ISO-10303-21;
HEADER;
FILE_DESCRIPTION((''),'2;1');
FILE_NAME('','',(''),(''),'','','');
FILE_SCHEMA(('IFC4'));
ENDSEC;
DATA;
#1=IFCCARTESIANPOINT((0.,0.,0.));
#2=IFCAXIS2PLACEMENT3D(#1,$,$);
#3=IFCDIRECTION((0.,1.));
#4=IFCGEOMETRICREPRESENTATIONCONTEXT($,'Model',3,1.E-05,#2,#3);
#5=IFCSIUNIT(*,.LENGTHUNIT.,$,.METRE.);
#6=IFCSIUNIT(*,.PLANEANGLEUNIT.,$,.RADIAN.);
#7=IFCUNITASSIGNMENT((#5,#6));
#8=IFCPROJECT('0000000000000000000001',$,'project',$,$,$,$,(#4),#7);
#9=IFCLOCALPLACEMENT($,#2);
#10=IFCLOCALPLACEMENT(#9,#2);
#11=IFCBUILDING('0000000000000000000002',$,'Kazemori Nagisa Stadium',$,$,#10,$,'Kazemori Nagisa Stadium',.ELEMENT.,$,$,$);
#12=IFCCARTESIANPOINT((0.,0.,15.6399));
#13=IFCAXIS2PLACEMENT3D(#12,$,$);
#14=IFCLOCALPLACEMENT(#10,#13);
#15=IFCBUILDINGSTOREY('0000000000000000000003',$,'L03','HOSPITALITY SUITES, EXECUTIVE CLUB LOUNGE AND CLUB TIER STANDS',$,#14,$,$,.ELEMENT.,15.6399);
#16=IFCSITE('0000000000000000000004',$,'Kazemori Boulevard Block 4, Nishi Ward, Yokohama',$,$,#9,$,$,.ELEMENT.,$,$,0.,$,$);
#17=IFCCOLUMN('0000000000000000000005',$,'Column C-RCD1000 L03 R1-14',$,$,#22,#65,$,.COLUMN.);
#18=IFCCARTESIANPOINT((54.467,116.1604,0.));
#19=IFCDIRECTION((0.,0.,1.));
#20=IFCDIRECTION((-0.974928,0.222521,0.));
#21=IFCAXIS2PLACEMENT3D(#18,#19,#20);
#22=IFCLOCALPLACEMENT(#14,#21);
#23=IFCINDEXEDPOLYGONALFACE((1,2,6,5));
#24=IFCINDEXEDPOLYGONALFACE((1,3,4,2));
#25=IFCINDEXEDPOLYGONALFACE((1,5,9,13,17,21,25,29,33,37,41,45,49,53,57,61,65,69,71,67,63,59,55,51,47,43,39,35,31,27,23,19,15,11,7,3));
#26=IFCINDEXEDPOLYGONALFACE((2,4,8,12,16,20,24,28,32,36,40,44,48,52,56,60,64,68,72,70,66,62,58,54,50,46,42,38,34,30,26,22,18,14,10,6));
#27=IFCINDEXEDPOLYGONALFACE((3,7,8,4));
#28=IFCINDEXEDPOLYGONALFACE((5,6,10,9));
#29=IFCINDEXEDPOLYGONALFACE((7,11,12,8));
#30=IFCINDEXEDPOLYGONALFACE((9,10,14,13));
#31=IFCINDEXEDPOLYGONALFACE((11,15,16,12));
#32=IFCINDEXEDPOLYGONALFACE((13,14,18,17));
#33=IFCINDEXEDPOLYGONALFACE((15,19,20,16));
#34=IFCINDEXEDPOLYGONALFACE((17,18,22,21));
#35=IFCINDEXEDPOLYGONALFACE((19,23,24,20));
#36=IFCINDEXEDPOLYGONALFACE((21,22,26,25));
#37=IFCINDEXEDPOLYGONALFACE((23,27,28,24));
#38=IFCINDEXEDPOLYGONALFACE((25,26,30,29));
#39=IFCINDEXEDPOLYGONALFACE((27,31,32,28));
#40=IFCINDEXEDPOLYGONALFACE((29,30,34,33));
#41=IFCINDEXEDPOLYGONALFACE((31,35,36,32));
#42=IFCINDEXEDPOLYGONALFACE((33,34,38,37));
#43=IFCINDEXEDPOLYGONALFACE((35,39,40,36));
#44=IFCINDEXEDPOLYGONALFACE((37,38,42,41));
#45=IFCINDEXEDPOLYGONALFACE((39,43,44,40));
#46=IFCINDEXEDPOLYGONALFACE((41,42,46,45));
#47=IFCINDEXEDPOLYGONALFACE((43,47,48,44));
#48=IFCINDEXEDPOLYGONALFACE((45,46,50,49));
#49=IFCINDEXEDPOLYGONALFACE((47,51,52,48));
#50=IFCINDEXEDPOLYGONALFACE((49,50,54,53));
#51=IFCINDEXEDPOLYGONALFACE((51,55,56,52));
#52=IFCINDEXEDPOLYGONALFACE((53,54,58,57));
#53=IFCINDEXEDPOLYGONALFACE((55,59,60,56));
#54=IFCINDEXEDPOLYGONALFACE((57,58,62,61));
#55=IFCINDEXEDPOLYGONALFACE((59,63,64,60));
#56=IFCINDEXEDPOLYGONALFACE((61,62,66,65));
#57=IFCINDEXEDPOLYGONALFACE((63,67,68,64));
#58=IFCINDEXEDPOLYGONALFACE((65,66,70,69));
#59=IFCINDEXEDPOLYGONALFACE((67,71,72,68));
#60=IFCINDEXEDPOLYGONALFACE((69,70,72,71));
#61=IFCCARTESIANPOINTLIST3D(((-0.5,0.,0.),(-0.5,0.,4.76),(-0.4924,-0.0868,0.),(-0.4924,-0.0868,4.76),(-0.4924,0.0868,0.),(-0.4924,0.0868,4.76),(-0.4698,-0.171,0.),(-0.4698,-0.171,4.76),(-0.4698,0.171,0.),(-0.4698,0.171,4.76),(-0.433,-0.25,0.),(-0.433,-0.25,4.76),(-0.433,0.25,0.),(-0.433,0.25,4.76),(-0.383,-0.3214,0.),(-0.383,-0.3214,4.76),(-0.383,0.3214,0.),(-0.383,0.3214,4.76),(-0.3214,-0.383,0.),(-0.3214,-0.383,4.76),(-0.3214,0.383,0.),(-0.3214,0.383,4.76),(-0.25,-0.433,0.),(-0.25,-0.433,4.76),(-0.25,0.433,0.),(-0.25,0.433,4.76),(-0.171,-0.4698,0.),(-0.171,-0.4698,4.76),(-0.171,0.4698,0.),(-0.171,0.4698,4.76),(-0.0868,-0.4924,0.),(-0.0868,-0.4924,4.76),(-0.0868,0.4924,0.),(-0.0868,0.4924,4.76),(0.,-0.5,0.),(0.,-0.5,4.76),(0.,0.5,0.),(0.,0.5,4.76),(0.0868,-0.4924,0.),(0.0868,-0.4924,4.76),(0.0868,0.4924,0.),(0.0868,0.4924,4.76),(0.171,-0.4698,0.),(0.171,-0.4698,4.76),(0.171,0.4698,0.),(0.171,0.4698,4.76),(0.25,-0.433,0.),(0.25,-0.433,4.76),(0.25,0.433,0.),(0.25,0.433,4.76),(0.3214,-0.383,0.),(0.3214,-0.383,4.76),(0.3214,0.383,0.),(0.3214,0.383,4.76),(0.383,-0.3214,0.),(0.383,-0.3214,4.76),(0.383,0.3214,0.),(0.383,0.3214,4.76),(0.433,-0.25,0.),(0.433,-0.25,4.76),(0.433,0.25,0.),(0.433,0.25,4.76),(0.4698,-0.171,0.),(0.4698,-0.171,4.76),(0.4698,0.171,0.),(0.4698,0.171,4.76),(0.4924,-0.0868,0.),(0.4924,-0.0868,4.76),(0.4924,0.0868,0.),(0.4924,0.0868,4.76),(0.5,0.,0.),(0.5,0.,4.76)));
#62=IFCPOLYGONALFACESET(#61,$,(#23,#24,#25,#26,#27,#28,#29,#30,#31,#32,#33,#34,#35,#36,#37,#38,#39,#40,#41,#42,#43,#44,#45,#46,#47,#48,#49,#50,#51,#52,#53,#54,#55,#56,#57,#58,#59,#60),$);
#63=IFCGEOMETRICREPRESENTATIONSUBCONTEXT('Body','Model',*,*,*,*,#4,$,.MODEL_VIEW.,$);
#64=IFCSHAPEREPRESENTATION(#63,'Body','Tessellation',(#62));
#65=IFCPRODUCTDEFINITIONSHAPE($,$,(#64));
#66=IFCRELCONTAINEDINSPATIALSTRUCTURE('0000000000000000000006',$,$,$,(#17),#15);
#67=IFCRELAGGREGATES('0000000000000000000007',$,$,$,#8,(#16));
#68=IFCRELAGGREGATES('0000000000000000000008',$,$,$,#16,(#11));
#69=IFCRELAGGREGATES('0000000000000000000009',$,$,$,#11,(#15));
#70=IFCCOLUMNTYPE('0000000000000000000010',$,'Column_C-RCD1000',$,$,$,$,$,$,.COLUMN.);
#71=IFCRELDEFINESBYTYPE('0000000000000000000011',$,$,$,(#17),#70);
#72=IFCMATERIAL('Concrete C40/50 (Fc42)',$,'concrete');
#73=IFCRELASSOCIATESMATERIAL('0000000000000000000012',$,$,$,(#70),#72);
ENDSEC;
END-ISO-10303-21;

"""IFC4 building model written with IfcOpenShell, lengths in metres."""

from ifc_helpers import new_model, si_unit, direction, frame, origin, origin_2d, place, context, subcontext, project, spatial, circle, extrude, material, material_profile, profile_set, type_object, element, save


model = new_model("IFC4")

# Units and contexts
model_context = context("Model", 3, precision=1e-05, world=origin(), true_north=direction((0.0, 1.0)))
body_context = subcontext(model_context, "Body", "Model", "MODEL_VIEW")
ifc_project = project(units=[si_unit("LENGTHUNIT", "METRE"), si_unit("PLANEANGLEUNIT", "RADIAN")], contexts=[model_context])

# Site, building, storey
site_placement = place(None, origin())
site = spatial("IfcSite", under=ifc_project, at=site_placement, Name="Kazemori Boulevard Block 4, Nishi Ward, Yokohama", CompositionType="ELEMENT", RefElevation=0.0)
building_placement = place(site_placement, origin())
building = spatial("IfcBuilding", under=site, at=building_placement, Name="Kazemori Nagisa Stadium", LongName="Kazemori Nagisa Stadium", CompositionType="ELEMENT")
storey_placement = place(building_placement, frame((0.0, 0.0, 15.6399)))
storey = spatial("IfcBuildingStorey", under=building, at=storey_placement, Name="L03", Description="HOSPITALITY SUITES, EXECUTIVE CLUB LOUNGE AND CLUB TIER STANDS", CompositionType="ELEMENT", Elevation=15.6399)

# Column
ifc_material_1 = material(Name="Concrete C40/50 (Fc42)", Category="concrete")
ifc_material_profile_1 = material_profile(ifc_material_1, circle(Radius=0.5, at=origin_2d()), Name="RC-COL-D1000")
ifc_profile_set_1 = profile_set([ifc_material_profile_1], Name="Concrete C40/50 (Fc42)")
column_type = type_object("IfcColumnType", Name="Column_C-RCD1000", PredefinedType="COLUMN", material=ifc_profile_set_1)
column_placement = place(storey_placement, frame((54.467, 116.1604, 0.0), z_axis=(0.0, 0.0, 1.0), x_axis=(-0.974928, 0.222521, 0.0)))
element("IfcColumn", 1, at=column_placement, inside=storey, type_object=column_type, Name="Column C-RCD1000 L03 R1-14", PredefinedType="COLUMN", context=body_context, shape_type="SweptSolid", body=[
    extrude(circle(Radius=0.5, at=origin_2d()), origin(), (0.0, 0.0, 1.0), 4.76),
])

save(model, "model.ifc")
